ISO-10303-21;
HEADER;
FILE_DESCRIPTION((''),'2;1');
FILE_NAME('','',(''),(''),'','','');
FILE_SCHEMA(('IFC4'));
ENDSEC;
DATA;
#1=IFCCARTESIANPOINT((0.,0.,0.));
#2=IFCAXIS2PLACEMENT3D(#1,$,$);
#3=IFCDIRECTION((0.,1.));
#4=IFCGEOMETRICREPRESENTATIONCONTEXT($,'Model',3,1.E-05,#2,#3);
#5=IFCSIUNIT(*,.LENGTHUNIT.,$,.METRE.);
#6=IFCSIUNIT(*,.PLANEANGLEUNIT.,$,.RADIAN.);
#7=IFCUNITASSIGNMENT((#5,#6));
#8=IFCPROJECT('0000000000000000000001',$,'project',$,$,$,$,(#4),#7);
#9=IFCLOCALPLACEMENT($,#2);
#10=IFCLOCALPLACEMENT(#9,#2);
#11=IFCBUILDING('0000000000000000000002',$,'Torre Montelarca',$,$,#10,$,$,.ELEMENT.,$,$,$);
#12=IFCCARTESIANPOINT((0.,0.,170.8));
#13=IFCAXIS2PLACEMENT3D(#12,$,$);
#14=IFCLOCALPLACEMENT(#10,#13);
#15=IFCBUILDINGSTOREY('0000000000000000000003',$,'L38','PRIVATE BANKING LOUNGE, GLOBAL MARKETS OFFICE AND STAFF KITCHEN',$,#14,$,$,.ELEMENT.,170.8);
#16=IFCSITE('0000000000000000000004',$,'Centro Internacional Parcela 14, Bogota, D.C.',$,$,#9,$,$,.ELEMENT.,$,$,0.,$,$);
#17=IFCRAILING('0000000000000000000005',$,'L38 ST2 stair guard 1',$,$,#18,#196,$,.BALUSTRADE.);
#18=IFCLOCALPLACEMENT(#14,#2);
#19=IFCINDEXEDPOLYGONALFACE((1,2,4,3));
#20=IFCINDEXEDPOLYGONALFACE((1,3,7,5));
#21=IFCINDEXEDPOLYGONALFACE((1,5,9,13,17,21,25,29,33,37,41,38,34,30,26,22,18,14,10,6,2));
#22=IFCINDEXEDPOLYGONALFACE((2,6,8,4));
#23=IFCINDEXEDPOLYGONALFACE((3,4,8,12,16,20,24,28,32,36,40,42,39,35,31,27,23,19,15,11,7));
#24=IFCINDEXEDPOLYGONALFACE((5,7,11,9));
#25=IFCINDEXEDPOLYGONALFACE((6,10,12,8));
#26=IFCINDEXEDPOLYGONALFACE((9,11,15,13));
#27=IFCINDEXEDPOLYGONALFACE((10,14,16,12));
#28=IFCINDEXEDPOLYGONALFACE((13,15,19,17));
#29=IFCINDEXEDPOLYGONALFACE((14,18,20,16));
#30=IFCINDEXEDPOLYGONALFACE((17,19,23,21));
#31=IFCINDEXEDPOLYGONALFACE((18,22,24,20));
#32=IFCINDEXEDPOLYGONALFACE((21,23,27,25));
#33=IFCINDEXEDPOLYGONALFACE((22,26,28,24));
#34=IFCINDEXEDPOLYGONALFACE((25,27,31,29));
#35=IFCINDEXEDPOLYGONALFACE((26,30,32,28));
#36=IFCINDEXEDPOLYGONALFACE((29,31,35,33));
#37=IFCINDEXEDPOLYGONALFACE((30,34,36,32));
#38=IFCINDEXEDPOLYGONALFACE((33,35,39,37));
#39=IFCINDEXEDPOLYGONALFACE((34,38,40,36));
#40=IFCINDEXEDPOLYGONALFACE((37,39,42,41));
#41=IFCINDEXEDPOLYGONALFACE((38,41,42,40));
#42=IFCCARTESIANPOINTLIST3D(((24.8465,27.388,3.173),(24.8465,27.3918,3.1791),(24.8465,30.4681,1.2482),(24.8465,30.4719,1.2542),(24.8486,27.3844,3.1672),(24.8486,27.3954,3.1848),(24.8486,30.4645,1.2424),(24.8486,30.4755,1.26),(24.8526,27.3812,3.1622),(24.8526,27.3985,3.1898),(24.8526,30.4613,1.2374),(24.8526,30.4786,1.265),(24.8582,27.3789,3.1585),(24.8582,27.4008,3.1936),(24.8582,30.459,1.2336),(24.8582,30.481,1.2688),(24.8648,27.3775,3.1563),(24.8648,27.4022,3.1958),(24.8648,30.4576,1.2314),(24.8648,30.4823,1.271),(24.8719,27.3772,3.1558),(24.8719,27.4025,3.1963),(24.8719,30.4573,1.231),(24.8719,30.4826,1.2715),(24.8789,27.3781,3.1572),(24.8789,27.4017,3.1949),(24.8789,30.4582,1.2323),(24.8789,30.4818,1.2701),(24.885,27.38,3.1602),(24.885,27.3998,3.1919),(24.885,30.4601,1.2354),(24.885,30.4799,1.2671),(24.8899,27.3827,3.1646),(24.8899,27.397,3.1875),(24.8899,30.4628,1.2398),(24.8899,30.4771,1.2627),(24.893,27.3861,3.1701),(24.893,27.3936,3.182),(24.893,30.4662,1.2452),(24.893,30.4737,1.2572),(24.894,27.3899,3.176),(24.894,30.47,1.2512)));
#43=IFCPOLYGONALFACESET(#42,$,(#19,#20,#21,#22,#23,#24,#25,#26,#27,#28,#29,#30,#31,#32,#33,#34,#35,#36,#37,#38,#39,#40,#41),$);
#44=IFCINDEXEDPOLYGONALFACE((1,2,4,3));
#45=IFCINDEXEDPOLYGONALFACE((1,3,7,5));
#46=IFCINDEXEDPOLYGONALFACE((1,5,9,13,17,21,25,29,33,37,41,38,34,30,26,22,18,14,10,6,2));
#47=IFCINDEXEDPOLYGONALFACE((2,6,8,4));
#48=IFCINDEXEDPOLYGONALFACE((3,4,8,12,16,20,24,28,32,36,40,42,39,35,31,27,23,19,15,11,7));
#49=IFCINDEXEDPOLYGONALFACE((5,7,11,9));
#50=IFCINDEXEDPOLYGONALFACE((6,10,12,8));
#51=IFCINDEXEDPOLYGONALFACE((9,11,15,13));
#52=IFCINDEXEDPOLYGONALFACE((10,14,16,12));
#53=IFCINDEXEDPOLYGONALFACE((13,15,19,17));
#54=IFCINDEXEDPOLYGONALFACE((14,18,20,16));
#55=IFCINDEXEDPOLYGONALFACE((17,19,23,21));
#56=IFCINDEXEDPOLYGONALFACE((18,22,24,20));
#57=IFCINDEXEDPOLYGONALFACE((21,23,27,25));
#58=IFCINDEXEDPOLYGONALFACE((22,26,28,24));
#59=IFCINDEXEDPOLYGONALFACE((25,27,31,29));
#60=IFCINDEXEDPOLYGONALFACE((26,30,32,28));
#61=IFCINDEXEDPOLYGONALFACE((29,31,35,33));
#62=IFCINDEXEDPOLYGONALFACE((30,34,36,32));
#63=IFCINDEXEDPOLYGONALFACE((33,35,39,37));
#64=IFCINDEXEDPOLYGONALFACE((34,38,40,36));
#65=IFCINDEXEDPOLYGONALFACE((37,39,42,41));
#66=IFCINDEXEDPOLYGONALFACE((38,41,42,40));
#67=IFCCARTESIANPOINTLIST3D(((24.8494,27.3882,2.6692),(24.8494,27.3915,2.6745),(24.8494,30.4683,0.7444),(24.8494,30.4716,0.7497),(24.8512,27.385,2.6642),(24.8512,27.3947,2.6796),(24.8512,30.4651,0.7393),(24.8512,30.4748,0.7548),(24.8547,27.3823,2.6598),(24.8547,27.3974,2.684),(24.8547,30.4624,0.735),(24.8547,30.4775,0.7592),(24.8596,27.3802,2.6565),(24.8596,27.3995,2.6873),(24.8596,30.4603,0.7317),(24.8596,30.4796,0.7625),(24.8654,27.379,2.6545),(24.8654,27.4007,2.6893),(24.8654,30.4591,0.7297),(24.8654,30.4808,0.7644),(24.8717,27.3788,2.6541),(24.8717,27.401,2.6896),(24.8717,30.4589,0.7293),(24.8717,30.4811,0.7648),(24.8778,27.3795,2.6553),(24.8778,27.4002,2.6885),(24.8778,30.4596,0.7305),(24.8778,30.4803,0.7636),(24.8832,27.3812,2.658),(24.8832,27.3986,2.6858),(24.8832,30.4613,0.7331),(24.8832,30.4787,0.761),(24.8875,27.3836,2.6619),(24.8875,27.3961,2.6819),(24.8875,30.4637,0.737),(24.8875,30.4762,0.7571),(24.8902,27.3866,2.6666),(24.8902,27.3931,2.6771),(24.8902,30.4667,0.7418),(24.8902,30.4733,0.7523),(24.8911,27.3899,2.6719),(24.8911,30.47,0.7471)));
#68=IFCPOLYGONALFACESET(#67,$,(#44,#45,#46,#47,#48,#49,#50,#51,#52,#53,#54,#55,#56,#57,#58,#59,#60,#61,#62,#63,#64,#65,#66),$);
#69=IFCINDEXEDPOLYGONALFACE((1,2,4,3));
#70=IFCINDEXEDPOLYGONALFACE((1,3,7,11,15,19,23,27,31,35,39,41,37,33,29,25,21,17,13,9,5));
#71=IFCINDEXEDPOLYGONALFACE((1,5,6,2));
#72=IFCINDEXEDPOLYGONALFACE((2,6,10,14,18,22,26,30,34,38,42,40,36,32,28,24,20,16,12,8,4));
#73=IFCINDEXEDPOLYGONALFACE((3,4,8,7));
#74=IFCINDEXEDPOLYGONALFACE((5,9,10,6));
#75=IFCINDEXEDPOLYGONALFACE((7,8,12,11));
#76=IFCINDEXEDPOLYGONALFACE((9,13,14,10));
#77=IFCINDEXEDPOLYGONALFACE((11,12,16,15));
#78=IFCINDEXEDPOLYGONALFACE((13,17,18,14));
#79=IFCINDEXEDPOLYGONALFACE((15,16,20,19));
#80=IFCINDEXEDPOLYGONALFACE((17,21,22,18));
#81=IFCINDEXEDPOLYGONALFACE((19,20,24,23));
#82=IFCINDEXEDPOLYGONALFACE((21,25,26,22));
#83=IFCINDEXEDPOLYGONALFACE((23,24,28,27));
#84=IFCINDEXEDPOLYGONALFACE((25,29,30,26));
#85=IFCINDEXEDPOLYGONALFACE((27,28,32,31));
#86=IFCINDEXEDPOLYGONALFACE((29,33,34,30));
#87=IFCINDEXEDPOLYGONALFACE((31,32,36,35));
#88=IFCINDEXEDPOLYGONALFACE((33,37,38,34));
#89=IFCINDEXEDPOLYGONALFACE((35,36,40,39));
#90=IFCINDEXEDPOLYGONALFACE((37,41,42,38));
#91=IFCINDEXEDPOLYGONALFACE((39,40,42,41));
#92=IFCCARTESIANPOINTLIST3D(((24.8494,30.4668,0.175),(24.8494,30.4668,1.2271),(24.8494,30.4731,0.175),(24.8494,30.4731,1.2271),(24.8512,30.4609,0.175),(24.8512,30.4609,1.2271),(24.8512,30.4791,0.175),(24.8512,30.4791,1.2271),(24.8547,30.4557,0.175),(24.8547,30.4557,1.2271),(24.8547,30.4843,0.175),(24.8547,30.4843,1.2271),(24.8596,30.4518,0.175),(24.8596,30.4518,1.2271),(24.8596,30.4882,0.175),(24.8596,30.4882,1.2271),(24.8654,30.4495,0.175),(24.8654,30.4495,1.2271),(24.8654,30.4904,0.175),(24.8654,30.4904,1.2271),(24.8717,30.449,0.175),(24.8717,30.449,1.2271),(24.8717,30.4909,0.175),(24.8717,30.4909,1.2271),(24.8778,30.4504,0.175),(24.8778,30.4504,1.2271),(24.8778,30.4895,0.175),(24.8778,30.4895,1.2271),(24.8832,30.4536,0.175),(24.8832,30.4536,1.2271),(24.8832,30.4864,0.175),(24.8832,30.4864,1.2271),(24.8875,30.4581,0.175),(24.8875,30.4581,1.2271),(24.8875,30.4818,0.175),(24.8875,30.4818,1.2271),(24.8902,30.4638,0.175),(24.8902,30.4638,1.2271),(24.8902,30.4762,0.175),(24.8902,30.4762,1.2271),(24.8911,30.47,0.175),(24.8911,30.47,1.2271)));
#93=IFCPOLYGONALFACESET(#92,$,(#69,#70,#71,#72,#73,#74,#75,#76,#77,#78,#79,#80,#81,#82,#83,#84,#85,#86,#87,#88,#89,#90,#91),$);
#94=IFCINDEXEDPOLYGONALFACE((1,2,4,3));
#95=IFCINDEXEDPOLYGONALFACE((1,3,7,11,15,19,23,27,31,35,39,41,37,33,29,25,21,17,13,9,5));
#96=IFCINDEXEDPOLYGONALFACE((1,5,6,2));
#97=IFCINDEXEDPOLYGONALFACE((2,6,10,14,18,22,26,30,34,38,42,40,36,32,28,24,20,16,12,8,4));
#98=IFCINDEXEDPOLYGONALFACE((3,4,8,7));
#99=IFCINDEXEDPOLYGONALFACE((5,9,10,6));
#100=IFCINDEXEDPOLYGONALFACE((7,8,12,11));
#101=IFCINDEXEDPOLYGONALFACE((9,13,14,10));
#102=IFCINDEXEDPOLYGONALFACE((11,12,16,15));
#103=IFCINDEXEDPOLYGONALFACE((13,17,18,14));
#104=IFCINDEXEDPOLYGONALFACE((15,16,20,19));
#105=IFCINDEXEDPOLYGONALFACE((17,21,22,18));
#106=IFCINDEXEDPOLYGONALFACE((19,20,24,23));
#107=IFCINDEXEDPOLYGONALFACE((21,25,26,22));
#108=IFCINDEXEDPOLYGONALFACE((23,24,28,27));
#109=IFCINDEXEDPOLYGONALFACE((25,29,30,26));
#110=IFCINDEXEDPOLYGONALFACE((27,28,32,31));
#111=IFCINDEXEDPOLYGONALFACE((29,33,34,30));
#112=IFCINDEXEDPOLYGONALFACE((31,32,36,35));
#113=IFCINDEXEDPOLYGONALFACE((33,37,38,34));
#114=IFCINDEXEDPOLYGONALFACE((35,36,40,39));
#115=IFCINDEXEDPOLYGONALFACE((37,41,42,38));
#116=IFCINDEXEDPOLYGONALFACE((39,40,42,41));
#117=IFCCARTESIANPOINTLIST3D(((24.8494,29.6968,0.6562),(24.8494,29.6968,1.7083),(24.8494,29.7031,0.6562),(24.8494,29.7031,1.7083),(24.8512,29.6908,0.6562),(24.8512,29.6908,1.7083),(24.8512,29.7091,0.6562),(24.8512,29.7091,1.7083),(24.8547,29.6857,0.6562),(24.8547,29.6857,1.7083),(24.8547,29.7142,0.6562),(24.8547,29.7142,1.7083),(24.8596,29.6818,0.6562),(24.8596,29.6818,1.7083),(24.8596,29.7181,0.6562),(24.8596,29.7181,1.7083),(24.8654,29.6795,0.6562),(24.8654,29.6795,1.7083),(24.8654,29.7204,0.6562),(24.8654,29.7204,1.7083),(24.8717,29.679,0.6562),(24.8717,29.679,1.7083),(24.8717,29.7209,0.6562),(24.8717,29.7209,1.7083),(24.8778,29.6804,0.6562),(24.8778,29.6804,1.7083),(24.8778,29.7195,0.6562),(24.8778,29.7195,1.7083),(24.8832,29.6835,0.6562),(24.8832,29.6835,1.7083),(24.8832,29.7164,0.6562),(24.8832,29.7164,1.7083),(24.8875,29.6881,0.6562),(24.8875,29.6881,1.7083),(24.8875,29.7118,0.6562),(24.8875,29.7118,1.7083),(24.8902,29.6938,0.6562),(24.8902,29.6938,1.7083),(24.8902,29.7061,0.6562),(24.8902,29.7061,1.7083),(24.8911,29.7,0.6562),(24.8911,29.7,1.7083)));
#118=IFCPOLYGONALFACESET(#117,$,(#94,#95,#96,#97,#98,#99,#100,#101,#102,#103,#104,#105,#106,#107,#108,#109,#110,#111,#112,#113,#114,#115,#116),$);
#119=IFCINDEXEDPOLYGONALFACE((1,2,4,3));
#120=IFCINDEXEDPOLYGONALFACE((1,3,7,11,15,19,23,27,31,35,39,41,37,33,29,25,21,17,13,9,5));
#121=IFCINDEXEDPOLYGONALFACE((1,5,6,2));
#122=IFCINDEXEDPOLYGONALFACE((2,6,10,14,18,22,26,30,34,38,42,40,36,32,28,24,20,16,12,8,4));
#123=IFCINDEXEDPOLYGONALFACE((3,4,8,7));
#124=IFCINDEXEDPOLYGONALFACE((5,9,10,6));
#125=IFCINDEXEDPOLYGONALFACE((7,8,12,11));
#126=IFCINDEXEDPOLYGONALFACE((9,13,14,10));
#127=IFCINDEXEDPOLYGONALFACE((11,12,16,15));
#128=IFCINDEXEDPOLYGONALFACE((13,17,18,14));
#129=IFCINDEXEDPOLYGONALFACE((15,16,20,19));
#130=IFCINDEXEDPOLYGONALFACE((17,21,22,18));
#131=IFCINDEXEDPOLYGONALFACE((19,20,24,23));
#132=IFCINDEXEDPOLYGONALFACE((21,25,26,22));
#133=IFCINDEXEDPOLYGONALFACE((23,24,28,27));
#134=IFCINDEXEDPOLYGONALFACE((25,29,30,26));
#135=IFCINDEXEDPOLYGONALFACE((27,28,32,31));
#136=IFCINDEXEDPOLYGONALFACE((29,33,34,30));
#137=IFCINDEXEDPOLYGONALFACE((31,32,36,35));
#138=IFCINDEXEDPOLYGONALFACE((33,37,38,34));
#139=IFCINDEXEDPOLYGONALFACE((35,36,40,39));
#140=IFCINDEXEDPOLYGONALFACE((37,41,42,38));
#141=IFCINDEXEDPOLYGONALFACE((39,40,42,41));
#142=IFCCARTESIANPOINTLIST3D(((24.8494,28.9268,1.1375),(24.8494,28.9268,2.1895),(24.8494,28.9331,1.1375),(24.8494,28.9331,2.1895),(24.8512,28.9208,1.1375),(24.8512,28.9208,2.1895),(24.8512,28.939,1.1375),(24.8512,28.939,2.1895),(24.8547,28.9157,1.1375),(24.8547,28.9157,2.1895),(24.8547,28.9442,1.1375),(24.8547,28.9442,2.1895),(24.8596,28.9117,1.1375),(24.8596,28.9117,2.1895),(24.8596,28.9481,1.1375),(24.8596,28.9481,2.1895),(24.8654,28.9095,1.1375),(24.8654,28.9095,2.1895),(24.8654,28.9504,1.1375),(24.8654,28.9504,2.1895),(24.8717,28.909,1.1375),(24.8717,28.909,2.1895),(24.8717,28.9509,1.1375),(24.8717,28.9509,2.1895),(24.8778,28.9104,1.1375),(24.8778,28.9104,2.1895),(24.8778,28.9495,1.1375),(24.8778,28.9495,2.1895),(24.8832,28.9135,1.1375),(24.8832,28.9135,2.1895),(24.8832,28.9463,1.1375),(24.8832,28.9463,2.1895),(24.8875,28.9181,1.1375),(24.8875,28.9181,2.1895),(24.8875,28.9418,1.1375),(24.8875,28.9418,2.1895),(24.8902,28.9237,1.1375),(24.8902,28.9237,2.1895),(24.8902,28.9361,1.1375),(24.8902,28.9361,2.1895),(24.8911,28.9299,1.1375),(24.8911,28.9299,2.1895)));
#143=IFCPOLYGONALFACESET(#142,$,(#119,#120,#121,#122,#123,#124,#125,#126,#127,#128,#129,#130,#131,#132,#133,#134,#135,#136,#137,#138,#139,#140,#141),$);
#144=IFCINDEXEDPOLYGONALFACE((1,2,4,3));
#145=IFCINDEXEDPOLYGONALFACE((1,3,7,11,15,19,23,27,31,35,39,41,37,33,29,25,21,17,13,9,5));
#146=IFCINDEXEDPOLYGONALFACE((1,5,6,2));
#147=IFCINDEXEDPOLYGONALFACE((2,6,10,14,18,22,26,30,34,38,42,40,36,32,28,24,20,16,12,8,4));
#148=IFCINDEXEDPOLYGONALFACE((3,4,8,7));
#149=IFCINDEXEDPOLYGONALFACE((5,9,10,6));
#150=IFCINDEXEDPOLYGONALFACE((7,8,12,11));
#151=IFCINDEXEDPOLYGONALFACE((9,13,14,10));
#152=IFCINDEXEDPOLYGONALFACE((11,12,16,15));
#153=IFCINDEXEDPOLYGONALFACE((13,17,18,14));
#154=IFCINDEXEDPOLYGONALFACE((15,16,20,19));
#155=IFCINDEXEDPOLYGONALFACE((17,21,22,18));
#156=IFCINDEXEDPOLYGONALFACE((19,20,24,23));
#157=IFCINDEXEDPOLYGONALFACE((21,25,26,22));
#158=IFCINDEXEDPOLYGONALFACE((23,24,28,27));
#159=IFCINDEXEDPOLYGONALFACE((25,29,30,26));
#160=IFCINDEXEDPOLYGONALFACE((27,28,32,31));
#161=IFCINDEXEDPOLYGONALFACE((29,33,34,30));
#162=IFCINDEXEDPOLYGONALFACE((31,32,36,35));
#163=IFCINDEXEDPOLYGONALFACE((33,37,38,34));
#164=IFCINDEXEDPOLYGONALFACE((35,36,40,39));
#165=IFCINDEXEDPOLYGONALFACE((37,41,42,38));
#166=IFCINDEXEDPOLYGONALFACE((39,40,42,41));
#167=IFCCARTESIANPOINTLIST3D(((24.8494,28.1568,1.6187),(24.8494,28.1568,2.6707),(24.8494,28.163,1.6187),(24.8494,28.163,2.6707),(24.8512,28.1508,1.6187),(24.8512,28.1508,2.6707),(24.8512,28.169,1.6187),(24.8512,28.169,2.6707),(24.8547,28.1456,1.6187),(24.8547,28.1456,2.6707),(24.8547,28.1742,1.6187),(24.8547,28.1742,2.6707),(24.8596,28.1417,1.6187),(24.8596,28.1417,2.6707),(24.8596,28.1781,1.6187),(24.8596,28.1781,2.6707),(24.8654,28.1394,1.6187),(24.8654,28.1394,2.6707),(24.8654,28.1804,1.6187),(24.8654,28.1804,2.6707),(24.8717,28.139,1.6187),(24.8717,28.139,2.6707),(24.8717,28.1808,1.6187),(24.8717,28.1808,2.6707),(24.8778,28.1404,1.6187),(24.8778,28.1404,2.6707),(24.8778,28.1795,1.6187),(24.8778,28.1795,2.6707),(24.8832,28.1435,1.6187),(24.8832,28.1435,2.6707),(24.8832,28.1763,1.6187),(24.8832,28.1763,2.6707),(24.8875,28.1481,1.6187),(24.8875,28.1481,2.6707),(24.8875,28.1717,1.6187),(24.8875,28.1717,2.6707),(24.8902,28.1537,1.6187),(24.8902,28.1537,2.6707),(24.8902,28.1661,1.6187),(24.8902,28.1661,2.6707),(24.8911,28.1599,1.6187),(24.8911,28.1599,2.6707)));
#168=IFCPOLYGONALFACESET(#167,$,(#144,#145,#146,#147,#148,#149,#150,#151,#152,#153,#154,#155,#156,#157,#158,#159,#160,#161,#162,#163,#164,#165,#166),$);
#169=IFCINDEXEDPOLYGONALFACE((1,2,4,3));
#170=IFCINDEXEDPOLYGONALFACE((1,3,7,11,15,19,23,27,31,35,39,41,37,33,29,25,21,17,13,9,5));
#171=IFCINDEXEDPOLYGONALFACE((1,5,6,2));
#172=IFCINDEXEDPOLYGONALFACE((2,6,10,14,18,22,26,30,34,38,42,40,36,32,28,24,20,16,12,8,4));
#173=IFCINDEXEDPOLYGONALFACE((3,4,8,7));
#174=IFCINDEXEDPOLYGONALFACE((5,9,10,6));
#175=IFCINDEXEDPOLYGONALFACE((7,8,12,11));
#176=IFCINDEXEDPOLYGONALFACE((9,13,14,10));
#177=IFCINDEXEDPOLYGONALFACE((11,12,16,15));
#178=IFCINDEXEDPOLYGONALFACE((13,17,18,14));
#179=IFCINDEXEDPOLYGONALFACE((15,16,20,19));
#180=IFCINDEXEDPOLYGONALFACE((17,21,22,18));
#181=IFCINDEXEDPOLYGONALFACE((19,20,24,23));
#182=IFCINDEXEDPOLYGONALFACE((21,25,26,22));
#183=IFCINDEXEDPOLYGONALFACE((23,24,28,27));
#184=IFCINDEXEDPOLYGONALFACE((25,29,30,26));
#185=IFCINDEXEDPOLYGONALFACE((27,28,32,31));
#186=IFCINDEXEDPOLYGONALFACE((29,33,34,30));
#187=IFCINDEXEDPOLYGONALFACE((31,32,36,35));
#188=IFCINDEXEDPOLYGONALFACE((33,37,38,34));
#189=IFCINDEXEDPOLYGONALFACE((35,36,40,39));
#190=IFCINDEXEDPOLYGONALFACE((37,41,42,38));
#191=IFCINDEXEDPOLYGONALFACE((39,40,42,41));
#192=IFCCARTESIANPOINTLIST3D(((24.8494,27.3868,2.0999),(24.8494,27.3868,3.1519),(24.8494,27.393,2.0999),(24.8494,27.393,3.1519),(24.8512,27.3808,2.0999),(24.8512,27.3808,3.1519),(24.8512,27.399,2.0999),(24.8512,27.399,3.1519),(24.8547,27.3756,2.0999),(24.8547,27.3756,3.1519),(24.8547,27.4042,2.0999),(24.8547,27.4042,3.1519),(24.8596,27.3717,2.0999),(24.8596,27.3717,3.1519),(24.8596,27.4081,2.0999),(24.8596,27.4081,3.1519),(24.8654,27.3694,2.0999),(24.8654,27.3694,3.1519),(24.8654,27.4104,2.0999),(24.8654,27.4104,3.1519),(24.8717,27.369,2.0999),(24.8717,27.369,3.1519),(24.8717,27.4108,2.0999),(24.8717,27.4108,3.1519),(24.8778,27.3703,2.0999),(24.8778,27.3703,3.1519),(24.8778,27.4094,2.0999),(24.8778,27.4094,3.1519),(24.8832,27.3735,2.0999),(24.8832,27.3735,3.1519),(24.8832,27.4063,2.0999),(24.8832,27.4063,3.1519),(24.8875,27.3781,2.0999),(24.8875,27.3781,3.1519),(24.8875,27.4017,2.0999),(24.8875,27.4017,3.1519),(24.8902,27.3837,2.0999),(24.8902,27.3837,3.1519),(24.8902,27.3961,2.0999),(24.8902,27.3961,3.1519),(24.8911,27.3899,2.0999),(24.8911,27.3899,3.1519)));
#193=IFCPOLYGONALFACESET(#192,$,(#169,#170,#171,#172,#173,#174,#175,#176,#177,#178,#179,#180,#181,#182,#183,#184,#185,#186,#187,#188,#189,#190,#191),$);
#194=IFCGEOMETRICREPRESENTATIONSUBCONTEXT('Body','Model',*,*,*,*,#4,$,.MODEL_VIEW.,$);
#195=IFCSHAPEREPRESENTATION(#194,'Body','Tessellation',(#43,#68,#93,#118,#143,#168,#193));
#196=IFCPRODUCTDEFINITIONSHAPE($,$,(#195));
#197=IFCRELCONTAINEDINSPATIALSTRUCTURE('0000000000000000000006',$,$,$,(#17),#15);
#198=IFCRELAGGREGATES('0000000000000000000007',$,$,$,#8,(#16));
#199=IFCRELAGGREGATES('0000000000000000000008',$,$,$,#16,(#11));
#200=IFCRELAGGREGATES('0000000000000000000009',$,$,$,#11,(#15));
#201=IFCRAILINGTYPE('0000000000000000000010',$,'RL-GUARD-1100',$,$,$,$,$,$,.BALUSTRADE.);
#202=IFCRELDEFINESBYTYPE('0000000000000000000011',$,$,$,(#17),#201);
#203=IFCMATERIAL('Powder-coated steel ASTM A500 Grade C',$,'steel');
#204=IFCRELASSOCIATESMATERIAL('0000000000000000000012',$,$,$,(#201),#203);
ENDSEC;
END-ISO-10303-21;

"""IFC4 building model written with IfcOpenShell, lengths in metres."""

from ifc_helpers import new_model, si_unit, direction, frame, origin, origin_2d, place, context, subcontext, project, spatial, circle, extrude, material, type_object, element, save


model = new_model("IFC4")

# Units and contexts
model_context = context("Model", 3, precision=1e-05, world=origin(), true_north=direction((0.0, 1.0)))
body_context = subcontext(model_context, "Body", "Model", "MODEL_VIEW")
ifc_project = project(units=[si_unit("LENGTHUNIT", "METRE"), si_unit("PLANEANGLEUNIT", "RADIAN")], contexts=[model_context])

# Site, building, storey
site_placement = place(None, origin())
site = spatial("IfcSite", under=ifc_project, at=site_placement, Name="Centro Internacional Parcela 14, Bogota, D.C.", CompositionType="ELEMENT", RefElevation=0.0)
building_placement = place(site_placement, origin())
building = spatial("IfcBuilding", under=site, at=building_placement, Name="Torre Montelarca", CompositionType="ELEMENT")
storey_placement = place(building_placement, frame((0.0, 0.0, 170.8)))
storey = spatial("IfcBuildingStorey", under=building, at=storey_placement, Name="L38", Description="PRIVATE BANKING LOUNGE, GLOBAL MARKETS OFFICE AND STAFF KITCHEN", CompositionType="ELEMENT", Elevation=170.8)

# Railing
ifc_material_1 = material(Name="Powder-coated steel ASTM A500 Grade C", Category="steel")
railing_type_1 = type_object("IfcRailingType", Name="RL-GUARD-1100", PredefinedType="BALUSTRADE", material=ifc_material_1)
railing_1_placement = place(storey_placement, frame((24.8701, 30.47, 0.175)))
element("IfcRailing", 1, at=railing_1_placement, inside=storey, type_object=railing_type_1, Name="L38 ST2 stair guard 1", PredefinedType="BALUSTRADE", context=body_context, shape_type="SweptSolid", body=[
    extrude(circle(Radius=0.0239, at=origin_2d()), frame((0.0, 0.0, 1.0762), z_axis=(0.0, -0.848029, 0.529951), x_axis=(1.0, 0.0, 0.0)), (0.0, 0.0, 1.0), 3.6321),
    extrude(circle(Radius=0.021, at=origin_2d()), frame((0.0, 0.0, 0.572), z_axis=(0.0, -0.848029, 0.529951), x_axis=(1.0, 0.0, 0.0)), (0.0, 0.0, 1.0), 3.6321),
    extrude(circle(Radius=0.021, at=origin_2d()), origin(), (0.0, 0.0, 1.0), 1.052),
    extrude(circle(Radius=0.021, at=origin_2d()), frame((0.0, -0.77, 0.4812)), (0.0, 0.0, 1.0), 1.052),
    extrude(circle(Radius=0.021, at=origin_2d()), frame((0.0, -1.54, 0.9624)), (0.0, 0.0, 1.0), 1.052),
    extrude(circle(Radius=0.021, at=origin_2d()), frame((0.0, -2.3101, 1.4436)), (0.0, 0.0, 1.0), 1.052),
    extrude(circle(Radius=0.021, at=origin_2d()), frame((0.0, -3.0801, 1.9248)), (0.0, 0.0, 1.0), 1.052),
])

save(model, "model.ifc")
